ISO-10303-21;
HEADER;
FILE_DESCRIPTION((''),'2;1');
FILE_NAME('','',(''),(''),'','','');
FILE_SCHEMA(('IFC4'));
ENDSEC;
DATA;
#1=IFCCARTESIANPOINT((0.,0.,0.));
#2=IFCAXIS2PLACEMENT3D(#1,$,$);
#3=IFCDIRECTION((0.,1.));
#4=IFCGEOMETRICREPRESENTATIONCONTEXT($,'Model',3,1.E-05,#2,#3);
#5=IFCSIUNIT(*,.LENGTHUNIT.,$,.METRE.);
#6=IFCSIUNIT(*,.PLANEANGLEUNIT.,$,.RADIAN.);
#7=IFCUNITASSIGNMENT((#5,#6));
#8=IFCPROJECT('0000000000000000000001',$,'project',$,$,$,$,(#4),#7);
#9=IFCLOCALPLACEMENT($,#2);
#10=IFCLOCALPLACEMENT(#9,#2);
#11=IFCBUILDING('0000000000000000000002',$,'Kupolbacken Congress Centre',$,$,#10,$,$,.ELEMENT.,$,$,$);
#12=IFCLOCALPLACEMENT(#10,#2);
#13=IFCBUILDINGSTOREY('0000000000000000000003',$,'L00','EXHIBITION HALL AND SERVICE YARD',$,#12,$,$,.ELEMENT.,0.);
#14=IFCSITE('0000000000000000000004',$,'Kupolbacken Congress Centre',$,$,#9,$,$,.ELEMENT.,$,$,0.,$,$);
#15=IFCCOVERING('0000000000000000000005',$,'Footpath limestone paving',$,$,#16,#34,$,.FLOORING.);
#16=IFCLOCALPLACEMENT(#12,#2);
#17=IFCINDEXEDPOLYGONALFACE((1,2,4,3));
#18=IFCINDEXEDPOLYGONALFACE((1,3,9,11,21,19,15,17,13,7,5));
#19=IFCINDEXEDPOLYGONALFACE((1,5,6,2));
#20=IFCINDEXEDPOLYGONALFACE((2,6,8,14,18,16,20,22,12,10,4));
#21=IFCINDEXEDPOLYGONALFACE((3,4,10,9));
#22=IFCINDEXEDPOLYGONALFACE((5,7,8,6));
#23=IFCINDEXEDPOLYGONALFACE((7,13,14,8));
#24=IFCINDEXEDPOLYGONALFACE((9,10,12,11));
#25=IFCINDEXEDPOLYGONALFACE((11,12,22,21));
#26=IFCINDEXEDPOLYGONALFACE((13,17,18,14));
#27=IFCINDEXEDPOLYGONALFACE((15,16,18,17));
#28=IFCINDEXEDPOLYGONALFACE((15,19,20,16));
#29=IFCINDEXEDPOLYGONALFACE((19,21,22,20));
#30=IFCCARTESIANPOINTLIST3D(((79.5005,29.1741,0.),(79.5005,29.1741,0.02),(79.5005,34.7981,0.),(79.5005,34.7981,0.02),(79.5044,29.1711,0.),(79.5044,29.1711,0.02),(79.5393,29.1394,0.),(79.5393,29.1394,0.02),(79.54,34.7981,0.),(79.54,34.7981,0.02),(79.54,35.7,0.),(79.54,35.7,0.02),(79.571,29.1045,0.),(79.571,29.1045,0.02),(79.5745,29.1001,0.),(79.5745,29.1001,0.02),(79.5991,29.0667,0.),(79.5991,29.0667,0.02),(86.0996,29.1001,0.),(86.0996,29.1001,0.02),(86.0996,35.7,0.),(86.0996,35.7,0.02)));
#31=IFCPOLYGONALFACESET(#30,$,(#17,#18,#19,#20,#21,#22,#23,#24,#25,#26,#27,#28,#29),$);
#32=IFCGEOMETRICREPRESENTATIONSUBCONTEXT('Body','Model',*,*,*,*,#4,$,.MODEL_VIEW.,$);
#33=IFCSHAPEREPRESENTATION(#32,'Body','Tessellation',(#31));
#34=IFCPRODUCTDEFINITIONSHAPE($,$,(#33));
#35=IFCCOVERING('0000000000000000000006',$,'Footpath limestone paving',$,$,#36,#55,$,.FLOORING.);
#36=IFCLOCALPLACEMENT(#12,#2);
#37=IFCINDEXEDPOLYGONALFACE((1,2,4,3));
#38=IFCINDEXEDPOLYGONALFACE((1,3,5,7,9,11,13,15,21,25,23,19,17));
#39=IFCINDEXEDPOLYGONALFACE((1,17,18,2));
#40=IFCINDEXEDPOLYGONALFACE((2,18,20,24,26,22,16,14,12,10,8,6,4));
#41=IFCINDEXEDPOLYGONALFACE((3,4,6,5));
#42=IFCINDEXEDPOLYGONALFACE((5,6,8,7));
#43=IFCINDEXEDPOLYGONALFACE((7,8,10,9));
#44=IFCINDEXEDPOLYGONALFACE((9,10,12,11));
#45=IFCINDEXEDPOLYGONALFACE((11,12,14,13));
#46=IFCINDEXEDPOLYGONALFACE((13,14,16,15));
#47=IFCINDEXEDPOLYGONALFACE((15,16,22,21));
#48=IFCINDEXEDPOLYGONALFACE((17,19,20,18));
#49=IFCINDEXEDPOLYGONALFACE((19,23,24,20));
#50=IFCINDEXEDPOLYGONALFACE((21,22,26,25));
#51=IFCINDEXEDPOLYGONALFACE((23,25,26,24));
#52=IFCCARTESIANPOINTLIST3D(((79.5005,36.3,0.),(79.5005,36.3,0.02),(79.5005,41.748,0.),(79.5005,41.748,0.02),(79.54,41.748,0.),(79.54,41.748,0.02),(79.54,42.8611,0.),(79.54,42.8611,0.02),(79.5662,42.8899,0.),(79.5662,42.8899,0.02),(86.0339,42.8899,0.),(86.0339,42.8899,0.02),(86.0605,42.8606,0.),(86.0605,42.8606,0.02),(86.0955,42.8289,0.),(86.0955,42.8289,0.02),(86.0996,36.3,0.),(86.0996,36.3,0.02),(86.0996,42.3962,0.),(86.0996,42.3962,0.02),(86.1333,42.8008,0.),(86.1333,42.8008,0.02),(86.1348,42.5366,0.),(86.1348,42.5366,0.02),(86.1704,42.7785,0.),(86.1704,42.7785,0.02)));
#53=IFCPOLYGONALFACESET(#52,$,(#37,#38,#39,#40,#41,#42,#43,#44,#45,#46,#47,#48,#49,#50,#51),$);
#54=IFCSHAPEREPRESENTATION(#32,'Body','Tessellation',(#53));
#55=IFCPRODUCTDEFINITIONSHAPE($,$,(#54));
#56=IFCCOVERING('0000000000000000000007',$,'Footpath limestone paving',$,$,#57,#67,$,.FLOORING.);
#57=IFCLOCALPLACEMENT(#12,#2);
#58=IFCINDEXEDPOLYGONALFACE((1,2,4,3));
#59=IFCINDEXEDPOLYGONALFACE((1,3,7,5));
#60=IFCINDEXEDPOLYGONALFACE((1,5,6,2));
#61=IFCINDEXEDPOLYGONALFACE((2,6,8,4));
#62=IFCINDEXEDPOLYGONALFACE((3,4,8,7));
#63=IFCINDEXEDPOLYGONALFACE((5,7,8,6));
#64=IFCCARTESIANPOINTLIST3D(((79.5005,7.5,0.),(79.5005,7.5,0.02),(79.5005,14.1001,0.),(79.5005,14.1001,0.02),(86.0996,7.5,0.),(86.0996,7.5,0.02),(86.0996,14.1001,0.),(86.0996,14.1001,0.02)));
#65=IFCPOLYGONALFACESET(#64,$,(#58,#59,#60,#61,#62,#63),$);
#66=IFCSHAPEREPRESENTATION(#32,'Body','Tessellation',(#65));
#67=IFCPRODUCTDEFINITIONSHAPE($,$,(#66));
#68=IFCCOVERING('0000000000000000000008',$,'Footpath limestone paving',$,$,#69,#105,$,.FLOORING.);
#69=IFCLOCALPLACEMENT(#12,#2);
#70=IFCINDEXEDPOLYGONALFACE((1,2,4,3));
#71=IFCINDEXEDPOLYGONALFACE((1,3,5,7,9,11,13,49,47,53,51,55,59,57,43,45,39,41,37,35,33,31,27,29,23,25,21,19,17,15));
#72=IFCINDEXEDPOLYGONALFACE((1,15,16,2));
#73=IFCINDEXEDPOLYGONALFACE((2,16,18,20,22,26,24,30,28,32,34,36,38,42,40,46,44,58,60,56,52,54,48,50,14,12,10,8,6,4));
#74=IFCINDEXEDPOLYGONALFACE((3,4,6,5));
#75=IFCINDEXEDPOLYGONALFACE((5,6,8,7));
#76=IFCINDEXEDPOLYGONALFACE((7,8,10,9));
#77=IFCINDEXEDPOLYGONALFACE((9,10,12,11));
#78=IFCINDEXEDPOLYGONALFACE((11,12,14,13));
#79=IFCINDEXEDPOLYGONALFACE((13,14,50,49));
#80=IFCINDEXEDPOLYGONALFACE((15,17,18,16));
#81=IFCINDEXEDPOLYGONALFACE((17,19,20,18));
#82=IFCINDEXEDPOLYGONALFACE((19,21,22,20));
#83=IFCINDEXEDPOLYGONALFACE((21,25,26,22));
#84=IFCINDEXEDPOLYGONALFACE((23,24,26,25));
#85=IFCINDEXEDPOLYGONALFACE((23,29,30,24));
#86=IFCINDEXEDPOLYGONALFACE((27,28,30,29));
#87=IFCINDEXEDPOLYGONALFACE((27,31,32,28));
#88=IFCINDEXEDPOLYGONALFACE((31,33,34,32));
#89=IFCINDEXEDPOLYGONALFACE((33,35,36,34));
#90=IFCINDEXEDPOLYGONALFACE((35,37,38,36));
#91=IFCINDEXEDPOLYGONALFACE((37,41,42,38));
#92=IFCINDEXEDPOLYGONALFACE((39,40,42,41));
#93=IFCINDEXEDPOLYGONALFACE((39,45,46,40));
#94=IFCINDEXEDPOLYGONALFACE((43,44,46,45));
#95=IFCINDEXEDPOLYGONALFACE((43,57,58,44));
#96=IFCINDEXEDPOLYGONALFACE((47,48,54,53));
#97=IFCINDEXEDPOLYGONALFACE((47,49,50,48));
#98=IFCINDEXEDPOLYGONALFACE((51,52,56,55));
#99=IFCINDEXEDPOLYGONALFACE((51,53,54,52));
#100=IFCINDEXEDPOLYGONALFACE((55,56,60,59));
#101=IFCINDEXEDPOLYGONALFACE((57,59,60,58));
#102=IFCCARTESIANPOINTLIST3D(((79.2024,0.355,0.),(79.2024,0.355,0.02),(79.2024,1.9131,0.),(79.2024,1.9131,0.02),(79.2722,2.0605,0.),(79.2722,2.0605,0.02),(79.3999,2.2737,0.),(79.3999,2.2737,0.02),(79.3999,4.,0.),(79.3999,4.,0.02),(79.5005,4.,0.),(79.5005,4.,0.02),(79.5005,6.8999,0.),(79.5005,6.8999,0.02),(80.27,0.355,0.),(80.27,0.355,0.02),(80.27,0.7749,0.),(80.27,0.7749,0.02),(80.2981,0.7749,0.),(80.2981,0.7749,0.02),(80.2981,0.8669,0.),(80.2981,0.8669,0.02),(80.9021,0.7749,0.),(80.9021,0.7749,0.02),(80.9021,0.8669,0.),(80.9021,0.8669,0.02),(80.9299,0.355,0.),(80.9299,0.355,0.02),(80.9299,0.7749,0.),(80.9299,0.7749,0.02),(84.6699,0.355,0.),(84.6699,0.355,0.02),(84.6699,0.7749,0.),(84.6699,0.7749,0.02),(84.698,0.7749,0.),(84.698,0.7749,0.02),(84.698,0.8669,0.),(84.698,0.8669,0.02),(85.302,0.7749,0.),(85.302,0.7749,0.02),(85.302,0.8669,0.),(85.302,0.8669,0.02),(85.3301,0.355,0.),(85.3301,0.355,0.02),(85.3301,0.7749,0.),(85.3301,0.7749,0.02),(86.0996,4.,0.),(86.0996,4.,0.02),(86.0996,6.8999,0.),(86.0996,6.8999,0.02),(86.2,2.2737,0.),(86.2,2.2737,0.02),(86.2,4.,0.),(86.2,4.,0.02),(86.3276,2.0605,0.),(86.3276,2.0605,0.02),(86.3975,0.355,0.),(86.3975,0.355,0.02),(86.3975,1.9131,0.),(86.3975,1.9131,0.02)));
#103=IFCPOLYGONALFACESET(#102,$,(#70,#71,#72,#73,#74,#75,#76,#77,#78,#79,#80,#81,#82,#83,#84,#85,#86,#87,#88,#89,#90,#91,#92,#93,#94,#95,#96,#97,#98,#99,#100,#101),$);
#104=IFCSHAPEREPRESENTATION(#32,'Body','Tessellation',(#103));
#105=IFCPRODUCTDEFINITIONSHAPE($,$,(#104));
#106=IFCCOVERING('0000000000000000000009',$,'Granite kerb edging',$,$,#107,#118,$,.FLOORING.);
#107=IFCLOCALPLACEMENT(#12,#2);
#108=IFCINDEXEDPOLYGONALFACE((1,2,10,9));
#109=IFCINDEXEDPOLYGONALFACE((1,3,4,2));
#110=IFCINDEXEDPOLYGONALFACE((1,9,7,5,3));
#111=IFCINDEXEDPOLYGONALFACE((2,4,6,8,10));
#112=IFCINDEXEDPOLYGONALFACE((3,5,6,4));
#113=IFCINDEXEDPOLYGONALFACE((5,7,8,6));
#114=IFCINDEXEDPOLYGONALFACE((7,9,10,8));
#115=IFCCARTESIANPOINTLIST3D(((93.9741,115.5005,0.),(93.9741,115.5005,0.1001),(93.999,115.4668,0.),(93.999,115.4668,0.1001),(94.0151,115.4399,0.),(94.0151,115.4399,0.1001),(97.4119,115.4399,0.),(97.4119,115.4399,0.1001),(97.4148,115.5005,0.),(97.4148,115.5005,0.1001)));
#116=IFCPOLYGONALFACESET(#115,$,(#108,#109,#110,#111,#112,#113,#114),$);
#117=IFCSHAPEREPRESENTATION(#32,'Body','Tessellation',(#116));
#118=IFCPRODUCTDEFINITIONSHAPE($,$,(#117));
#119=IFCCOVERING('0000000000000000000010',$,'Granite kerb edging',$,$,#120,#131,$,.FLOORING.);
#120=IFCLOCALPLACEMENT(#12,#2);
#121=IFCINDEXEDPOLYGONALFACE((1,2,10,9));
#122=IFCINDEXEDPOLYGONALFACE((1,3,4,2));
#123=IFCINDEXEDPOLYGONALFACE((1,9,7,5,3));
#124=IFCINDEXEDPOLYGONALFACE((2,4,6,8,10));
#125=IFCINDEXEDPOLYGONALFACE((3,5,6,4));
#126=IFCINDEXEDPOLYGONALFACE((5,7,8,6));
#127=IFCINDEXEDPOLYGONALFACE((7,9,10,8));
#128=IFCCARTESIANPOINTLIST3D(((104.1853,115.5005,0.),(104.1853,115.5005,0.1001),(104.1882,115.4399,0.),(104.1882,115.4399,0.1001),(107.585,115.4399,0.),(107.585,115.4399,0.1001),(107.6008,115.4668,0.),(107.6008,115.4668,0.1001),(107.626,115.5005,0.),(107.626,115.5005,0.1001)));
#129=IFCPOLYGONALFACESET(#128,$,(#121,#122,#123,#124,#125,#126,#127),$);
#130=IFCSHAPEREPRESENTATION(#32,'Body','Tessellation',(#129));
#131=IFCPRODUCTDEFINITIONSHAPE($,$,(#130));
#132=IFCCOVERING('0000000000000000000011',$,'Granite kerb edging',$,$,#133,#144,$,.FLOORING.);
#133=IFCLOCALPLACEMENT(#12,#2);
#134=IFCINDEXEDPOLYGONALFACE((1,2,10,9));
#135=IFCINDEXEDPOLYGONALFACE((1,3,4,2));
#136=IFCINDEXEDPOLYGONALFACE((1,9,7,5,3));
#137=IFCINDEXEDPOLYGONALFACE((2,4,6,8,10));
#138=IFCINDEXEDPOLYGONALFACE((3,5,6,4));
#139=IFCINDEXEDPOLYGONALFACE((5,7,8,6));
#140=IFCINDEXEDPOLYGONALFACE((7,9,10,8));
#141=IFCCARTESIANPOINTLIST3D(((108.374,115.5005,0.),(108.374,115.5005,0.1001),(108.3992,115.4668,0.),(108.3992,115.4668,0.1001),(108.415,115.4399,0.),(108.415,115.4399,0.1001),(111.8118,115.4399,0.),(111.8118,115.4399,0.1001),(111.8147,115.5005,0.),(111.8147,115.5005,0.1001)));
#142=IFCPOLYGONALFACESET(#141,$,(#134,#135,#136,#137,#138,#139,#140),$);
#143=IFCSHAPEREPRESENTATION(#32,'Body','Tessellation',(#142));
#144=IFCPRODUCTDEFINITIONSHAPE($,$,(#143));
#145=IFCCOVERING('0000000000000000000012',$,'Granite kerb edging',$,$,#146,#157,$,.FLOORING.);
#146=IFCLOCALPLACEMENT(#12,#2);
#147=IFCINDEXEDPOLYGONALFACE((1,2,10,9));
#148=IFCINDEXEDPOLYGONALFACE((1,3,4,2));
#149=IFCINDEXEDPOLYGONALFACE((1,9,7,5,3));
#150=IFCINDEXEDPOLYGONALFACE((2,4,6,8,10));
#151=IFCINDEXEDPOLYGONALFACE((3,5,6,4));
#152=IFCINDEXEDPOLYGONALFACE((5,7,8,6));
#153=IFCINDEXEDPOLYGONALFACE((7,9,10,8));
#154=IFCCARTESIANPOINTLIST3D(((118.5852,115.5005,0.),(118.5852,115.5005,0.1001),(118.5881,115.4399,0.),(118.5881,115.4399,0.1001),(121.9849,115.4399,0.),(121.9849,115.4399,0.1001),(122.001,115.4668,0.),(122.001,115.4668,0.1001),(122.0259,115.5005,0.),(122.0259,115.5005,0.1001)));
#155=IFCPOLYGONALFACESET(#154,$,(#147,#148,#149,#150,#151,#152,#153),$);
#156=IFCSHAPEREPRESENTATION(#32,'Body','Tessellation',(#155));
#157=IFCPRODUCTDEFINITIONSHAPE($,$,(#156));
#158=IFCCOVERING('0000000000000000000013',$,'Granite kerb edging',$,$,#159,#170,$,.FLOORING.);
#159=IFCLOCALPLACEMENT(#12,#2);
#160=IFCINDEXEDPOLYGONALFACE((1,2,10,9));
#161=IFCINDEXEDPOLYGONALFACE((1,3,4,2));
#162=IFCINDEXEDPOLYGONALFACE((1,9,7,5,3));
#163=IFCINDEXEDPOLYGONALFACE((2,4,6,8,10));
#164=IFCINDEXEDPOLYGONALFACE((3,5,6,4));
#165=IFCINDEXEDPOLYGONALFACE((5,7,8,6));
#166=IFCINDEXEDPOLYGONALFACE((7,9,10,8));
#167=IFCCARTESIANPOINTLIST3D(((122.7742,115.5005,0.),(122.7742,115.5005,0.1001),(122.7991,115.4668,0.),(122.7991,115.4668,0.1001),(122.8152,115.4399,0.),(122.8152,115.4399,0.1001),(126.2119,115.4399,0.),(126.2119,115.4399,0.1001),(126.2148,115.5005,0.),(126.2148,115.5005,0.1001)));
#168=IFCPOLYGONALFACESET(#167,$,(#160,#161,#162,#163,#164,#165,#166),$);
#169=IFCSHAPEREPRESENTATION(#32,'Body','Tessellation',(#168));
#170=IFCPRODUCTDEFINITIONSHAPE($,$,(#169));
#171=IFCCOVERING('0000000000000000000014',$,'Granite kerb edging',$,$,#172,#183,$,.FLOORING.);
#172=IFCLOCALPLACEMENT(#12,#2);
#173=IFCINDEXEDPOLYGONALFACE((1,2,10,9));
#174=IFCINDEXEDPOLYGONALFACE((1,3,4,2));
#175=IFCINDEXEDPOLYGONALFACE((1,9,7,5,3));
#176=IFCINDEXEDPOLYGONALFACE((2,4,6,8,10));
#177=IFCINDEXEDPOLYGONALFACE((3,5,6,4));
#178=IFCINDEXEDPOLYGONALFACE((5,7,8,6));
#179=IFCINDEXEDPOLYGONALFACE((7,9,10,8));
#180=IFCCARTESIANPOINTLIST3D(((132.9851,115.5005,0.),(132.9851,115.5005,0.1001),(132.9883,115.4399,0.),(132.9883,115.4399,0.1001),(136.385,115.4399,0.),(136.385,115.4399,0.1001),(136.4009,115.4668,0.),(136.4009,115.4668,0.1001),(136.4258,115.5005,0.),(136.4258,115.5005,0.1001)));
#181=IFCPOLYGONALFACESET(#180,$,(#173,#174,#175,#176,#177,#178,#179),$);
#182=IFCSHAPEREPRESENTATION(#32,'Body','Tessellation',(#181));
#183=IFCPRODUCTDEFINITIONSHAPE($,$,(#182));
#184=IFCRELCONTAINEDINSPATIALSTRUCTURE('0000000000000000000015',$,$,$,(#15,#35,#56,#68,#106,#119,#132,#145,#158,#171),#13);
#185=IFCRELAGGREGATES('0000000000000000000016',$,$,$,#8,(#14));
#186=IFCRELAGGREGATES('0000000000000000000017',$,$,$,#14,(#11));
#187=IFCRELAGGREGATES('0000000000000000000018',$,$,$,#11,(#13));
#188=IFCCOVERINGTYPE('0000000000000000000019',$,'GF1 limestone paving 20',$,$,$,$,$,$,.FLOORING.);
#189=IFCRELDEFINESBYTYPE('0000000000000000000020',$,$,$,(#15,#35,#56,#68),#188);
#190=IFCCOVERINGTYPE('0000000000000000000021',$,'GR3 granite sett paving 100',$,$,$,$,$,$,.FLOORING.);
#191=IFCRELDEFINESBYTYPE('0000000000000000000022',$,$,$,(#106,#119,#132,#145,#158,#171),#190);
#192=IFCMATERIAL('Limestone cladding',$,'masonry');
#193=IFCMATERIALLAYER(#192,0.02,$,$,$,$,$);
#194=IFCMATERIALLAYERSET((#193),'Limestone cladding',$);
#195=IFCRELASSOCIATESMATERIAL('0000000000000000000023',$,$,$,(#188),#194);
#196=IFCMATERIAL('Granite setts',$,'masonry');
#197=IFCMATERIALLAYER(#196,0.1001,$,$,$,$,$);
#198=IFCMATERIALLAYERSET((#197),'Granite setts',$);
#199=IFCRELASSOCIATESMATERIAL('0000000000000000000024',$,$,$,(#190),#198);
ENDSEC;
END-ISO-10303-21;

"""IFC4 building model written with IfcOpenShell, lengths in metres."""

from ifc_helpers import new_model, si_unit, direction, origin, place, context, subcontext, project, spatial, polyline, outline, extrude, material, layer, layer_set, type_object, element, save


model = new_model("IFC4")

# Units and contexts
model_context = context("Model", 3, precision=1e-05, world=origin(), true_north=direction((0.0, 1.0)))
body_context = subcontext(model_context, "Body", "Model", "MODEL_VIEW")
ifc_project = project(units=[si_unit("LENGTHUNIT", "METRE"), si_unit("PLANEANGLEUNIT", "RADIAN")], contexts=[model_context])

# Site, building, storey
site_placement = place(None, origin())
site = spatial("IfcSite", under=ifc_project, at=site_placement, Name="Kupolbacken Congress Centre", CompositionType="ELEMENT", RefElevation=0.0)
building_placement = place(site_placement, origin())
building = spatial("IfcBuilding", under=site, at=building_placement, Name="Kupolbacken Congress Centre", CompositionType="ELEMENT")
storey_placement = place(building_placement, origin())
storey = spatial("IfcBuildingStorey", under=building, at=storey_placement, Name="L00", Description="EXHIBITION HALL AND SERVICE YARD", CompositionType="ELEMENT", Elevation=0.0)

# Coverings
ifc_material_1 = material(Name="Limestone cladding", Category="masonry")
ifc_layer_1 = layer(ifc_material_1, 0.02)
ifc_layer_set_1 = layer_set([ifc_layer_1], Name="Limestone cladding")
covering_type_1 = type_object("IfcCoveringType", Name="GF1 limestone paving 20", PredefinedType="FLOORING", material=ifc_layer_set_1)
covering_1_placement = place(storey_placement, origin())
element("IfcCovering", 1, at=covering_1_placement, inside=storey, type_object=covering_type_1, Name="Footpath limestone paving", PredefinedType="FLOORING", context=body_context, shape_type="SweptSolid", body=[
    extrude(outline(polyline([(79.571, 29.1045), (79.5393, 29.1394), (79.5044, 29.1711), (79.5005, 29.1741), (79.5005, 34.7981), (79.54, 34.7981), (79.54, 35.7), (86.0996, 35.7), (86.0996, 29.1001), (79.5745, 29.1001), (79.5991, 29.0667), (79.571, 29.1045)])), origin(), (0.0, 0.0, 1.0), 0.02),
])
covering_2_placement = place(storey_placement, origin())
element("IfcCovering", 2, at=covering_2_placement, inside=storey, type_object=covering_type_1, Name="Footpath limestone paving", PredefinedType="FLOORING", context=body_context, shape_type="SweptSolid", body=[
    extrude(outline(polyline([(79.5005, 41.748), (79.54, 41.748), (79.54, 42.8611), (79.5662, 42.8899), (86.0339, 42.8899), (86.0605, 42.8606), (86.0955, 42.8289), (86.1333, 42.8008), (86.1736, 42.7766), (86.1704, 42.7786), (86.1348, 42.5366), (86.0996, 42.3962), (86.0996, 36.3), (79.5005, 36.3), (79.5005, 41.748)])), origin(), (0.0, 0.0, 1.0), 0.02),
])
covering_3_placement = place(storey_placement, origin())
element("IfcCovering", 3, at=covering_3_placement, inside=storey, type_object=covering_type_1, Name="Footpath limestone paving", PredefinedType="FLOORING", context=body_context, shape_type="SweptSolid", body=[
    extrude(outline(polyline([(86.0996, 7.5), (79.5005, 7.5), (79.5005, 14.1001), (86.0996, 14.1001), (86.0996, 7.5)])), origin(), (0.0, 0.0, 1.0), 0.02),
])
covering_4_placement = place(storey_placement, origin())
element("IfcCovering", 4, at=covering_4_placement, inside=storey, type_object=covering_type_1, Name="Footpath limestone paving", PredefinedType="FLOORING", context=body_context, shape_type="SweptSolid", body=[
    extrude(outline(polyline([(86.0996, 4.0), (86.2, 4.0), (86.2, 2.2737), (86.3276, 2.0605), (86.3975, 1.9131), (86.3975, 0.355), (85.3301, 0.355), (85.3301, 0.7749), (85.302, 0.7749), (85.302, 0.8669), (84.698, 0.8669), (84.698, 0.7749), (84.6699, 0.7749), (84.6699, 0.355), (80.9299, 0.355), (80.9299, 0.7749), (80.9021, 0.7749), (80.9021, 0.8669), (80.2981, 0.8669), (80.2981, 0.7749), (80.27, 0.7749), (80.27, 0.355), (79.2024, 0.355), (79.2024, 1.9131), (79.2722, 2.0605), (79.3999, 2.2737), (79.3999, 4.0), (79.5005, 4.0), (79.5005, 6.8999), (86.0996, 6.8999), (86.0996, 4.0)])), origin(), (0.0, 0.0, 1.0), 0.02),
])
ifc_material_2 = material(Name="Granite setts", Category="masonry")
ifc_layer_2 = layer(ifc_material_2, 0.1001)
ifc_layer_set_2 = layer_set([ifc_layer_2], Name="Granite setts")
covering_type_2 = type_object("IfcCoveringType", Name="GR3 granite sett paving 100", PredefinedType="FLOORING", material=ifc_layer_set_2)
covering_5_placement = place(storey_placement, origin())
element("IfcCovering", 5, at=covering_5_placement, inside=storey, type_object=covering_type_2, Name="Granite kerb edging", PredefinedType="FLOORING", context=body_context, shape_type="SweptSolid", body=[
    extrude(outline(polyline([(94.0151, 115.4399), (93.999, 115.4668), (93.9741, 115.5005), (97.4148, 115.5005), (97.4119, 115.4399), (94.0151, 115.4399)])), origin(), (0.0, 0.0, 1.0), 0.1001),
])
covering_6_placement = place(storey_placement, origin())
element("IfcCovering", 6, at=covering_6_placement, inside=storey, type_object=covering_type_2, Name="Granite kerb edging", PredefinedType="FLOORING", context=body_context, shape_type="SweptSolid", body=[
    extrude(outline(polyline([(104.1882, 115.4399), (104.1853, 115.5005), (107.626, 115.5005), (107.6008, 115.4668), (107.585, 115.4399), (104.1882, 115.4399)])), origin(), (0.0, 0.0, 1.0), 0.1001),
])
covering_7_placement = place(storey_placement, origin())
element("IfcCovering", 7, at=covering_7_placement, inside=storey, type_object=covering_type_2, Name="Granite kerb edging", PredefinedType="FLOORING", context=body_context, shape_type="SweptSolid", body=[
    extrude(outline(polyline([(108.3992, 115.4668), (108.374, 115.5005), (111.8147, 115.5005), (111.8118, 115.4399), (108.415, 115.4399), (108.3992, 115.4668)])), origin(), (0.0, 0.0, 1.0), 0.1001),
])
covering_8_placement = place(storey_placement, origin())
element("IfcCovering", 8, at=covering_8_placement, inside=storey, type_object=covering_type_2, Name="Granite kerb edging", PredefinedType="FLOORING", context=body_context, shape_type="SweptSolid", body=[
    extrude(outline(polyline([(121.9849, 115.4399), (118.5881, 115.4399), (118.5852, 115.5005), (122.0259, 115.5005), (122.001, 115.4668), (121.9849, 115.4399)])), origin(), (0.0, 0.0, 1.0), 0.1001),
])
covering_9_placement = place(storey_placement, origin())
element("IfcCovering", 9, at=covering_9_placement, inside=storey, type_object=covering_type_2, Name="Granite kerb edging", PredefinedType="FLOORING", context=body_context, shape_type="SweptSolid", body=[
    extrude(outline(polyline([(122.7991, 115.4668), (122.7742, 115.5005), (126.2148, 115.5005), (126.2119, 115.4399), (122.8152, 115.4399), (122.7991, 115.4668)])), origin(), (0.0, 0.0, 1.0), 0.1001),
])
covering_10_placement = place(storey_placement, origin())
element("IfcCovering", 10, at=covering_10_placement, inside=storey, type_object=covering_type_2, Name="Granite kerb edging", PredefinedType="FLOORING", context=body_context, shape_type="SweptSolid", body=[
    extrude(outline(polyline([(132.9883, 115.4399), (132.9851, 115.5005), (136.4258, 115.5005), (136.4009, 115.4668), (136.385, 115.4399), (132.9883, 115.4399)])), origin(), (0.0, 0.0, 1.0), 0.1001),
])

save(model, "model.ifc")
